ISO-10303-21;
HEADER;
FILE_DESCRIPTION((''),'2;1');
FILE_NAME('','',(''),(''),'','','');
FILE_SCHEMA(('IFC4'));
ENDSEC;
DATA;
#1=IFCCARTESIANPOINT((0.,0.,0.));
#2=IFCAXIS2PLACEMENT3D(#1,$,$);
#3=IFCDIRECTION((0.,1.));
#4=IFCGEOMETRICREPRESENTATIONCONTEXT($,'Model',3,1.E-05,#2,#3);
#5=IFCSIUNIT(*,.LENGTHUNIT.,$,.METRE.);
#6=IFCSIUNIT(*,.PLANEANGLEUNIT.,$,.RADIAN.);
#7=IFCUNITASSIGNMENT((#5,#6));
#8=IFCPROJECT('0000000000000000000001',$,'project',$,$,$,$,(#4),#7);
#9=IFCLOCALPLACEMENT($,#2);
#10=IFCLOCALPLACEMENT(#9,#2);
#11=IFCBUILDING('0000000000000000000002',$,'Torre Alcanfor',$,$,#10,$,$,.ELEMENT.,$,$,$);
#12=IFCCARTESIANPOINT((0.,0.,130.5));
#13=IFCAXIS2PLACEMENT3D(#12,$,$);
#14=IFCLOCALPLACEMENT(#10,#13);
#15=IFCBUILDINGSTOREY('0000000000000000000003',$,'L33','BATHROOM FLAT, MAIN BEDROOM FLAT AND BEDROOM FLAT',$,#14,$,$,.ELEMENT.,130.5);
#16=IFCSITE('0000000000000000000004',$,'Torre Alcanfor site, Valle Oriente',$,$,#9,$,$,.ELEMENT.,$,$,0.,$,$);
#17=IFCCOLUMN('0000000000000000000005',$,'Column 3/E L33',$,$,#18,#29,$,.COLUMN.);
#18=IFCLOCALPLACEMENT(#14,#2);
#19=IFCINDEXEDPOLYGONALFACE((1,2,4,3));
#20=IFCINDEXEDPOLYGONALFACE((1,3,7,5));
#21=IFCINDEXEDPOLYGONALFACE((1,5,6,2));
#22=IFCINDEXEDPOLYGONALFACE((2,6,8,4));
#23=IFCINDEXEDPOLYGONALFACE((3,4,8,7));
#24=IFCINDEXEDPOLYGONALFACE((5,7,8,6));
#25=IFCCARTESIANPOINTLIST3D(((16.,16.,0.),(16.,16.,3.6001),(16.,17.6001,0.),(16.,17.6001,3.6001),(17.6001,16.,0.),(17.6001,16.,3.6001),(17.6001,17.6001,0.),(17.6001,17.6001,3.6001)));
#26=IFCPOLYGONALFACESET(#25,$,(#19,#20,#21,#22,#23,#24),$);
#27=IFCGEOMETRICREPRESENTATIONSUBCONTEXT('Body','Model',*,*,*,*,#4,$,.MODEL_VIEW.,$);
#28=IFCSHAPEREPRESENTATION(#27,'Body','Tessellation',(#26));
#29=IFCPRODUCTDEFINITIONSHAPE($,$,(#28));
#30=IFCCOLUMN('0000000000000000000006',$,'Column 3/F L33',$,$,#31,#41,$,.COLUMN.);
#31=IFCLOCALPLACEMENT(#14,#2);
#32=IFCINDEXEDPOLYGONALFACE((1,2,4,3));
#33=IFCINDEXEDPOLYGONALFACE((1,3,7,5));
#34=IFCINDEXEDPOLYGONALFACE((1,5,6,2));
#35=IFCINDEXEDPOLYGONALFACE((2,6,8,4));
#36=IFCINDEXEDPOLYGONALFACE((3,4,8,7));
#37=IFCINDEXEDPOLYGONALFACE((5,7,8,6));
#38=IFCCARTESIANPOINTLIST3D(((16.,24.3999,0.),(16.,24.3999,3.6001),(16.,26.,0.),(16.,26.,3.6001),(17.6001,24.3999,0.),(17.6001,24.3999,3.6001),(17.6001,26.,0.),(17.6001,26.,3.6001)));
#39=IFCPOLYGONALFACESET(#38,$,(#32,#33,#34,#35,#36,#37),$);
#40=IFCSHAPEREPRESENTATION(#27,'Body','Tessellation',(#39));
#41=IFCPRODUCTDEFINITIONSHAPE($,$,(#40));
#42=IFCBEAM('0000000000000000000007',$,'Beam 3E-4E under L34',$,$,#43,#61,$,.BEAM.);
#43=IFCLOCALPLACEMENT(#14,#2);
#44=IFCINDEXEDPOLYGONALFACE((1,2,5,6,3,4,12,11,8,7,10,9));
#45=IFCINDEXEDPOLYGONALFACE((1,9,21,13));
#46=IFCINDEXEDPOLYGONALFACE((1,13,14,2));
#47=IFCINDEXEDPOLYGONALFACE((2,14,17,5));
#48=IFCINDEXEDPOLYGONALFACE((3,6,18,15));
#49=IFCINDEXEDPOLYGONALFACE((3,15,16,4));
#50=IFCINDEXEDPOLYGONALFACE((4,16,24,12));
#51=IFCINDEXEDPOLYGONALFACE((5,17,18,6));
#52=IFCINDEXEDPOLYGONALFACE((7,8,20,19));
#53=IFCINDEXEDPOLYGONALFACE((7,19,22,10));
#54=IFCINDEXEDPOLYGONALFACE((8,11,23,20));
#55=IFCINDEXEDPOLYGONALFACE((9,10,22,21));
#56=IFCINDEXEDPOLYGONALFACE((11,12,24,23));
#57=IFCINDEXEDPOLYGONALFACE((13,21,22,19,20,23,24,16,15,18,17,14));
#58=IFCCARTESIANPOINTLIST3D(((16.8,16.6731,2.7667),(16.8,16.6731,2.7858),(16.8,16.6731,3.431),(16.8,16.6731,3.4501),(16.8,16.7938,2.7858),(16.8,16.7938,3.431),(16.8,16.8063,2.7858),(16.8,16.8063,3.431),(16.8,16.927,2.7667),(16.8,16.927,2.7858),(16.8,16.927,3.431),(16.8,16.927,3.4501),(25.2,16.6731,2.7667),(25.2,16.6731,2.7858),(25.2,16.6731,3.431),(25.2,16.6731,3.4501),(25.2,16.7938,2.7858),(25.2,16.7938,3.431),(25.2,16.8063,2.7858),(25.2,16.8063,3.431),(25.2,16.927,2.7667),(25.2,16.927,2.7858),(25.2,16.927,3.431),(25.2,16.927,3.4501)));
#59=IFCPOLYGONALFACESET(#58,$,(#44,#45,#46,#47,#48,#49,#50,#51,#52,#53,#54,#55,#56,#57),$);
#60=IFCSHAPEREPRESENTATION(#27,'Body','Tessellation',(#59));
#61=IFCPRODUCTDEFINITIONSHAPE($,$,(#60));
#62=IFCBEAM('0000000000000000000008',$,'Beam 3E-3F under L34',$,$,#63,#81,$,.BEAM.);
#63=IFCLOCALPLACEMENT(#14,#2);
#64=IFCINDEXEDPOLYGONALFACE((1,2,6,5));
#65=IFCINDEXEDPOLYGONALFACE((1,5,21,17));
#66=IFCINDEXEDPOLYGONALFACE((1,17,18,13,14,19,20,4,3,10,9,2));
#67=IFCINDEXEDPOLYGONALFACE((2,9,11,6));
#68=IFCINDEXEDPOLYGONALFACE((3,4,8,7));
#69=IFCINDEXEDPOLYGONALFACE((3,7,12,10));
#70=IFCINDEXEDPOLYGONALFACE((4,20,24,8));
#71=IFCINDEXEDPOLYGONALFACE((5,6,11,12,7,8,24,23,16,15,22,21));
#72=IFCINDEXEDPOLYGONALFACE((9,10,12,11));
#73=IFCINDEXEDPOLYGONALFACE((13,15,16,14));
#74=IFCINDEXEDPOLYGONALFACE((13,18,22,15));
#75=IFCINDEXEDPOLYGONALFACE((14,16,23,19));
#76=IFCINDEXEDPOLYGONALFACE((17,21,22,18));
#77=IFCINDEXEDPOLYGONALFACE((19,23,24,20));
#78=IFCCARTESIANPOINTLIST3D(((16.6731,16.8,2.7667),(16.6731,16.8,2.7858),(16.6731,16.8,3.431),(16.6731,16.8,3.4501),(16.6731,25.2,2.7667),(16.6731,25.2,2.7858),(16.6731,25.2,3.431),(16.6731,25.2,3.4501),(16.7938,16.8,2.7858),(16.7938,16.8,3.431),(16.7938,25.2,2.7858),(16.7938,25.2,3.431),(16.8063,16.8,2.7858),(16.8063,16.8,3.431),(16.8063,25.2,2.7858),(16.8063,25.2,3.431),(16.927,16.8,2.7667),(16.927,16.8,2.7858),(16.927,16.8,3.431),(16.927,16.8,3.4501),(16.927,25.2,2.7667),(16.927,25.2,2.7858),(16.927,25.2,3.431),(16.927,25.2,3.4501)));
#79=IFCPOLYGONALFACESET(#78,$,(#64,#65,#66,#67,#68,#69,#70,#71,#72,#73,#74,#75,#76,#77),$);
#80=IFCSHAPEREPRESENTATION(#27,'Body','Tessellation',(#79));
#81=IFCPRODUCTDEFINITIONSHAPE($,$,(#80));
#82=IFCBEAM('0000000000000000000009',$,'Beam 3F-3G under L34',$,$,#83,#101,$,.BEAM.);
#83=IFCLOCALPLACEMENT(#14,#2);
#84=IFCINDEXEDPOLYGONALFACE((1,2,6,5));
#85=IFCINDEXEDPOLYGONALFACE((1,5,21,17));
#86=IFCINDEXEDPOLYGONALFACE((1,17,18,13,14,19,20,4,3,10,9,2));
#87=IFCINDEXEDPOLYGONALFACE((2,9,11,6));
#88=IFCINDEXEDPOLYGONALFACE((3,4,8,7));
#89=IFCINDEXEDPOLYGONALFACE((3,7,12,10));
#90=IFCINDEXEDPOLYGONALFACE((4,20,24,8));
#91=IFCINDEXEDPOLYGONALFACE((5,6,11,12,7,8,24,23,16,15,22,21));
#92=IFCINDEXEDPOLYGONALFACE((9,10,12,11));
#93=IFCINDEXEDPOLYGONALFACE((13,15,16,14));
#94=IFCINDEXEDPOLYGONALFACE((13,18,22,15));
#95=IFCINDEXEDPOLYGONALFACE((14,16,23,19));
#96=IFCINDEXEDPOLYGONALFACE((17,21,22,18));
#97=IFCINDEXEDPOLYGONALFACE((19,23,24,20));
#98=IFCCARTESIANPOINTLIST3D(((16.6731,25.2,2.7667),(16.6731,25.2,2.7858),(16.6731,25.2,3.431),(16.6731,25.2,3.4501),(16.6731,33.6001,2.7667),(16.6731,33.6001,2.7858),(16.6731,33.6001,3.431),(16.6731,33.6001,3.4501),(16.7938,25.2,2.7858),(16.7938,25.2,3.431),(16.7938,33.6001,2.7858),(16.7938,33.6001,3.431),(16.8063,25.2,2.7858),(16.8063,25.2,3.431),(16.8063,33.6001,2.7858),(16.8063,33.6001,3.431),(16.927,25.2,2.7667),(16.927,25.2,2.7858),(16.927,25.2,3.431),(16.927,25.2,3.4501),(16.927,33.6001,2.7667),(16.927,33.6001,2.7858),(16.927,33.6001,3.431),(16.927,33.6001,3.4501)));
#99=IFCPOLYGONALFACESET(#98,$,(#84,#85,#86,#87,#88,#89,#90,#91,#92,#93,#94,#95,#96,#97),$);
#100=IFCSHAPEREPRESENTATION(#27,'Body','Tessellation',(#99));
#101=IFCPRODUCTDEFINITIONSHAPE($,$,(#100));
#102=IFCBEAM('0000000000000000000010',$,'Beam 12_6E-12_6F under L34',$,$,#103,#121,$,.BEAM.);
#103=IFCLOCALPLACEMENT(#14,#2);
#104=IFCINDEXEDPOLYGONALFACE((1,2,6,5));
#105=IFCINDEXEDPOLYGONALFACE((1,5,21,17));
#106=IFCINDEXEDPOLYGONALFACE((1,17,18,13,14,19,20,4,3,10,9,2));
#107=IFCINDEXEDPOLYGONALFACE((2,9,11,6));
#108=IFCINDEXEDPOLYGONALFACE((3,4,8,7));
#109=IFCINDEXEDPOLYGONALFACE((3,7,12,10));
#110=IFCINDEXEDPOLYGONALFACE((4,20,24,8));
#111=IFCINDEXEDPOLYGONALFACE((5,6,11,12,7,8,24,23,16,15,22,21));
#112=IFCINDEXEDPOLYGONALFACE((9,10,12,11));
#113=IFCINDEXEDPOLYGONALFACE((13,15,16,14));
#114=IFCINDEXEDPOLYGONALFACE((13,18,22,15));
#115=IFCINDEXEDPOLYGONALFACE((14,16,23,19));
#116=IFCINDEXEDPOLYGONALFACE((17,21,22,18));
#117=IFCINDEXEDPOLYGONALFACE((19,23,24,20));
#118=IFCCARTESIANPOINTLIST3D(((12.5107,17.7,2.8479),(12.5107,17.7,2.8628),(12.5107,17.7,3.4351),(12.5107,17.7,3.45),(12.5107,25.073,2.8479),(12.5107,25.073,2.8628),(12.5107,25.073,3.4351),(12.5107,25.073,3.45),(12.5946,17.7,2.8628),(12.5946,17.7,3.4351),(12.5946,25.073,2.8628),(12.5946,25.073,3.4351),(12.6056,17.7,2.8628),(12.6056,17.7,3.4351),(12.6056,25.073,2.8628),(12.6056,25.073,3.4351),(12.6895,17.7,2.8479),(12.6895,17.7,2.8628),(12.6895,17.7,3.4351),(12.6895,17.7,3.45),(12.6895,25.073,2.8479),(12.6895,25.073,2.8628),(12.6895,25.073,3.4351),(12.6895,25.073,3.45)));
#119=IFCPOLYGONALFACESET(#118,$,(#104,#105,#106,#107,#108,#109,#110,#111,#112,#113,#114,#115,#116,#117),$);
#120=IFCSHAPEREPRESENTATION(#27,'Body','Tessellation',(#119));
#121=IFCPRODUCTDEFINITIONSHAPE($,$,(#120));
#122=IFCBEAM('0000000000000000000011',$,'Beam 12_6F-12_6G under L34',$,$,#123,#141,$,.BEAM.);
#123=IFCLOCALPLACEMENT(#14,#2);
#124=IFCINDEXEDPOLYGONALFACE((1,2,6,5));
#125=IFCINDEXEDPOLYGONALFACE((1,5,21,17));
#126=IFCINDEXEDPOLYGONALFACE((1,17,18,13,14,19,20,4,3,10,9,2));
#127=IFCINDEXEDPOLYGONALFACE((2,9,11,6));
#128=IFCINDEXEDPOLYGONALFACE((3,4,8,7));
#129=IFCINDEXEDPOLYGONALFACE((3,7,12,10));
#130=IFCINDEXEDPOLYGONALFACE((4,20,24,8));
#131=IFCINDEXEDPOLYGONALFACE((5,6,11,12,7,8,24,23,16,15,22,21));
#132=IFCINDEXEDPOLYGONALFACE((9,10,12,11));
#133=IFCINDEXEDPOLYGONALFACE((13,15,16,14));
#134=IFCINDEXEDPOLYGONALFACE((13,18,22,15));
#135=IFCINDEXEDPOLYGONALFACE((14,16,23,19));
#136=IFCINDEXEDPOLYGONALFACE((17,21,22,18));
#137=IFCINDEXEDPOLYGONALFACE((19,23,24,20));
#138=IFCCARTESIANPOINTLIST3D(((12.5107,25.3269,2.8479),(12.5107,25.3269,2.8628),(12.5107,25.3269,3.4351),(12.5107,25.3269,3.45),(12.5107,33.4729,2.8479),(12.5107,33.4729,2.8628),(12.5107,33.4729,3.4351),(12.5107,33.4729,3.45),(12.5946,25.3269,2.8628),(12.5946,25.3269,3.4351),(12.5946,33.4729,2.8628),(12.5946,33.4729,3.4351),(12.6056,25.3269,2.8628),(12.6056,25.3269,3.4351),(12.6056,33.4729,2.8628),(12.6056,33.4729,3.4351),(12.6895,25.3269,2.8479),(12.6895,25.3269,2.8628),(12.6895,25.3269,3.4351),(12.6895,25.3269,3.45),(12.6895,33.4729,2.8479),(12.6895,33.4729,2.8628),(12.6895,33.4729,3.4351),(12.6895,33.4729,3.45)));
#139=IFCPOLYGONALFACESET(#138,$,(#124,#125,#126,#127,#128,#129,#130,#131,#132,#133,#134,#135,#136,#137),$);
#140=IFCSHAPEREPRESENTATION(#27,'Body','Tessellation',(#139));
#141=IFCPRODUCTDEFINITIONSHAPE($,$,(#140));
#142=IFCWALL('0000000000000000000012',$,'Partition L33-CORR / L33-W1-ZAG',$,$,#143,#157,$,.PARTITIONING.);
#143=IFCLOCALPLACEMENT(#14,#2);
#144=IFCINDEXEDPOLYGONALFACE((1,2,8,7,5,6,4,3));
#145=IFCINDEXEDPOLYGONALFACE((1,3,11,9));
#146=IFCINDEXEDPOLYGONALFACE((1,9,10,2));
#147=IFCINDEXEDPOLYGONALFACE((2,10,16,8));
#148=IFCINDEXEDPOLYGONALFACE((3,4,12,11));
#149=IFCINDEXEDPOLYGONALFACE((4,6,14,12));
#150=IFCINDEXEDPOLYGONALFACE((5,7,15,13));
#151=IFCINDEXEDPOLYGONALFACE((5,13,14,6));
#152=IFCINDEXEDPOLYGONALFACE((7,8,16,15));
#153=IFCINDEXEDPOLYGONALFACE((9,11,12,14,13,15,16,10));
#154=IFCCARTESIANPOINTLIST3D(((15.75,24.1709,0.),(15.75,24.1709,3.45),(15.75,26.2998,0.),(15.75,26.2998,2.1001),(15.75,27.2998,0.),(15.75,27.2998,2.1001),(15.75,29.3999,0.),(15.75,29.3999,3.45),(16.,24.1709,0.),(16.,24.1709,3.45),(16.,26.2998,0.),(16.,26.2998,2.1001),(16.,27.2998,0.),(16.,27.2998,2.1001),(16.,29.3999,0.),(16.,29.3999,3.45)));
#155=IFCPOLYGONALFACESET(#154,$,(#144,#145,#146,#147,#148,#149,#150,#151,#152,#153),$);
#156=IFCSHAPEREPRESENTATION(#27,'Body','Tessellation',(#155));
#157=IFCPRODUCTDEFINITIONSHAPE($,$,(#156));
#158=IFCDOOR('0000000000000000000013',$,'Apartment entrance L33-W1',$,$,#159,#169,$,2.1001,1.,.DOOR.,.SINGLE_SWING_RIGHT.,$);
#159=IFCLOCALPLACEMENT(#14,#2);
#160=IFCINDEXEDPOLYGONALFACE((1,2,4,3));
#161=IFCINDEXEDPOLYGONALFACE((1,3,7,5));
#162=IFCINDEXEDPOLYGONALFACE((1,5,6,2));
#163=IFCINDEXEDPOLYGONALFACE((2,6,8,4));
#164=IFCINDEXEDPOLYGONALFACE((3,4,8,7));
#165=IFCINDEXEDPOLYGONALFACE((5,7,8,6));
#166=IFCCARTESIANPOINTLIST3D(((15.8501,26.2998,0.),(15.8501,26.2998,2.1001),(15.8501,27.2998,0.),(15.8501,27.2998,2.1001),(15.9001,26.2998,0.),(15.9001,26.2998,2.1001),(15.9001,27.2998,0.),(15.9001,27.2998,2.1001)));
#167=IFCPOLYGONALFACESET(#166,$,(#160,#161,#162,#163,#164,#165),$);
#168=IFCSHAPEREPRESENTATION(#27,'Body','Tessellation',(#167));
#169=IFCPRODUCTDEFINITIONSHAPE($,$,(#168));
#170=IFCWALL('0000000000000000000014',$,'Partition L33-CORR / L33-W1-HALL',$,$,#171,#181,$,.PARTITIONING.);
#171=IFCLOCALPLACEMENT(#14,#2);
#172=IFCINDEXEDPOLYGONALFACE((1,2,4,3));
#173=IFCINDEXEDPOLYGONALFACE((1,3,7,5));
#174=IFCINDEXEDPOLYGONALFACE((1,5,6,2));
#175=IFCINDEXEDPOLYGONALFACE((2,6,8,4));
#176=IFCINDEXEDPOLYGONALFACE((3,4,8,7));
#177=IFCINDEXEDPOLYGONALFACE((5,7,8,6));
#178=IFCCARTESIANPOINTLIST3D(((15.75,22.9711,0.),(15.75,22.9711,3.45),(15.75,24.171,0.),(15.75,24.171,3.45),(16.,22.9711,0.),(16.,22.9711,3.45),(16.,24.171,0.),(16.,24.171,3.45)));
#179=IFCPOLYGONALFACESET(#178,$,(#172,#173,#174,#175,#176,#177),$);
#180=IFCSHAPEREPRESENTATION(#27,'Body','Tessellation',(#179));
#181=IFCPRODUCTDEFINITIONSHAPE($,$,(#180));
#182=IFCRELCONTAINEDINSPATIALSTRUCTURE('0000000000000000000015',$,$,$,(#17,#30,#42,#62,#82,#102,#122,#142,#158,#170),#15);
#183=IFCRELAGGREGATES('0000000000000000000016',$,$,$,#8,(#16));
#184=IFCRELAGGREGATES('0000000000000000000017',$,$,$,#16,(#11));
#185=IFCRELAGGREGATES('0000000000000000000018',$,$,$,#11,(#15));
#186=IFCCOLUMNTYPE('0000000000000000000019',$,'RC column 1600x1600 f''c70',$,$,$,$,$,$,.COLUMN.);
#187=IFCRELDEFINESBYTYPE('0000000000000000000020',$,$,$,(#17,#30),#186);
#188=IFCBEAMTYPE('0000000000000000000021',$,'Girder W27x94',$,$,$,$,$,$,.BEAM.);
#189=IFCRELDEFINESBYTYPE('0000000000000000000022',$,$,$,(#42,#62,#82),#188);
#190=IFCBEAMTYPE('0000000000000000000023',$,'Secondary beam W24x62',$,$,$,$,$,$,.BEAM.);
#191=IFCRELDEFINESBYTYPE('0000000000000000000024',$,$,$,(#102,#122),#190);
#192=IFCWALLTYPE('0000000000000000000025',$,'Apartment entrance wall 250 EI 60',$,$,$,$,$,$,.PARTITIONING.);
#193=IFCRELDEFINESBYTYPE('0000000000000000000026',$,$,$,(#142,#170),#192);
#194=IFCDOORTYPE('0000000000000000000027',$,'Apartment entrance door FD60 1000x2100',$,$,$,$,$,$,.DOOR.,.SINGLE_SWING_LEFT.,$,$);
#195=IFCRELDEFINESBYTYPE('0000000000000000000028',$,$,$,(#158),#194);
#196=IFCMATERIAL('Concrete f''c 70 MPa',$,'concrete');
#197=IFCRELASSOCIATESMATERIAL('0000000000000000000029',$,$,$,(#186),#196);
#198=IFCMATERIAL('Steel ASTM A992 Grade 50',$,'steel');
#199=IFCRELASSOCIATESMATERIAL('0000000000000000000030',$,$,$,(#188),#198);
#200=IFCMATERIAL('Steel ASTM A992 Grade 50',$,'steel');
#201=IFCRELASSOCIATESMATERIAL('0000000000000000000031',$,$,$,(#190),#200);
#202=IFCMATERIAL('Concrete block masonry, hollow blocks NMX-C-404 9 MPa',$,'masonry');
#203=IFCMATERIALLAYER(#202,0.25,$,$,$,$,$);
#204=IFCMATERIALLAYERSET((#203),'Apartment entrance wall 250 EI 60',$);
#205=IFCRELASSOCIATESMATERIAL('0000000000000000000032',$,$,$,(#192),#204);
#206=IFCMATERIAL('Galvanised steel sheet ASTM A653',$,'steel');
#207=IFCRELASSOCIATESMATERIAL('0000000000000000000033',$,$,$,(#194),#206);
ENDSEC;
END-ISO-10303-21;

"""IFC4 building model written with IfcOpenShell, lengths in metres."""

from ifc_helpers import new_model, si_unit, direction, frame, frame_2d, origin, origin_2d, place, context, subcontext, project, spatial, rectangle, i_section, extrude, material, layer, layer_set, material_profile, profile_set, type_object, element, fill, save


model = new_model("IFC4")

# Units and contexts
model_context = context("Model", 3, precision=1e-05, world=origin(), true_north=direction((0.0, 1.0)))
body_context = subcontext(model_context, "Body", "Model", "MODEL_VIEW")
ifc_project = project(units=[si_unit("LENGTHUNIT", "METRE"), si_unit("PLANEANGLEUNIT", "RADIAN")], contexts=[model_context])

# Site, building, storey
site_placement = place(None, origin())
site = spatial("IfcSite", under=ifc_project, at=site_placement, Name="Torre Alcanfor site, Valle Oriente", CompositionType="ELEMENT", RefElevation=0.0)
building_placement = place(site_placement, origin())
building = spatial("IfcBuilding", under=site, at=building_placement, Name="Torre Alcanfor", CompositionType="ELEMENT")
storey_placement = place(building_placement, frame((0.0, 0.0, 130.5)))
storey = spatial("IfcBuildingStorey", under=building, at=storey_placement, Name="L33", Description="BATHROOM FLAT, MAIN BEDROOM FLAT AND BEDROOM FLAT", CompositionType="ELEMENT", Elevation=130.5)

# Columns
ifc_material_1 = material(Name="Concrete f'c 70 MPa", Category="concrete")
ifc_material_profile_1 = material_profile(ifc_material_1, rectangle(XDim=1.6001, YDim=1.6001, at=origin_2d()), Name="1600x1600")
ifc_profile_set_1 = profile_set([ifc_material_profile_1], Name="Concrete f'c 70 MPa")
column_type = type_object("IfcColumnType", Name="RC column 1600x1600 f'c70", PredefinedType="COLUMN", material=ifc_profile_set_1)
for number, where, z_axis, x_axis, name in (
    (1, (16.8, 16.8, 0.0), (0.0, 0.0, 1.0), (1.0, 0.0, 0.0), "Column 3/E L33"),
    (2, (16.8, 25.2, 0.0), (0.0, 0.0, 1.0), (1.0, 0.0, 0.0), "Column 3/F L33"),
):
    element("IfcColumn", number, at=place(storey_placement, frame(where, z_axis=z_axis, x_axis=x_axis)), inside=storey, type_object=column_type, Name=name, PredefinedType="COLUMN", context=body_context, shape_type="SweptSolid", body=[
        extrude(rectangle(XDim=1.6001, YDim=1.6001, at=origin_2d()), origin(), (0.0, 0.0, 1.0), 3.6001),
    ])

# Beams
ifc_material_2 = material(Name="Steel ASTM A992 Grade 50", Category="steel")
ifc_material_profile_2 = material_profile(ifc_material_2, i_section(OverallWidth=0.2539, OverallDepth=0.6833, WebThickness=0.0125, FlangeThickness=0.019, at=origin_2d()), Name="W27x94")
ifc_profile_set_2 = profile_set([ifc_material_profile_2], Name="Steel ASTM A992 Grade 50")
beam_type_1 = type_object("IfcBeamType", Name="Girder W27x94", PredefinedType="BEAM", material=ifc_profile_set_2)
for number, where, z_axis, x_axis, name in (
    (3, (16.8, 16.8, 3.1084), (1.0, 0.0, 0.0), (0.0, 1.0, 0.0), "Beam 3E-4E under L34"),
    (4, (16.8, 16.8, 3.1084), (0.0, 1.0, 0.0), (-1.0, 0.0, 0.0), "Beam 3E-3F under L34"),
):
    element("IfcBeam", number, at=place(storey_placement, frame(where, z_axis=z_axis, x_axis=x_axis)), inside=storey, type_object=beam_type_1, Name=name, PredefinedType="BEAM", context=body_context, shape_type="SweptSolid", body=[
        extrude(i_section(OverallWidth=0.2539, OverallDepth=0.6833, WebThickness=0.0125, FlangeThickness=0.019, at=origin_2d()), origin(), (0.0, 0.0, 1.0), 8.3999),
    ])
beam_1_placement = place(storey_placement, frame((16.8, 25.2, 3.1084), z_axis=(0.0, 1.0, 0.0), x_axis=(-1.0, 0.0, 0.0)))
element("IfcBeam", 5, at=beam_1_placement, inside=storey, type_object=beam_type_1, Name="Beam 3F-3G under L34", PredefinedType="BEAM", context=body_context, shape_type="SweptSolid", body=[
    extrude(i_section(OverallWidth=0.2539, OverallDepth=0.6833, WebThickness=0.0125, FlangeThickness=0.019, at=origin_2d()), origin(), (0.0, 0.0, 1.0), 8.4001),
])
ifc_material_3 = material(Name="Steel ASTM A992 Grade 50", Category="steel")
ifc_material_profile_3 = material_profile(ifc_material_3, i_section(OverallWidth=0.1787, OverallDepth=0.6021, WebThickness=0.011, FlangeThickness=0.0149, at=origin_2d()), Name="W24x62")
ifc_profile_set_3 = profile_set([ifc_material_profile_3], Name="Steel ASTM A992 Grade 50")
beam_type_2 = type_object("IfcBeamType", Name="Secondary beam W24x62", PredefinedType="BEAM", material=ifc_profile_set_3)
beam_2_placement = place(storey_placement, frame((12.6001, 17.7, 3.1489), z_axis=(0.0, 1.0, 0.0), x_axis=(-1.0, 0.0, 0.0)))
element("IfcBeam", 6, at=beam_2_placement, inside=storey, type_object=beam_type_2, Name="Beam 12_6E-12_6F under L34", PredefinedType="BEAM", context=body_context, shape_type="SweptSolid", body=[
    extrude(i_section(OverallWidth=0.1787, OverallDepth=0.6021, WebThickness=0.011, FlangeThickness=0.0149, at=origin_2d()), origin(), (0.0, 0.0, 1.0), 7.373),
])
beam_3_placement = place(storey_placement, frame((12.6001, 25.3269, 3.1489), z_axis=(0.0, 1.0, 0.0), x_axis=(-1.0, 0.0, 0.0)))
element("IfcBeam", 7, at=beam_3_placement, inside=storey, type_object=beam_type_2, Name="Beam 12_6F-12_6G under L34", PredefinedType="BEAM", context=body_context, shape_type="SweptSolid", body=[
    extrude(i_section(OverallWidth=0.1787, OverallDepth=0.6021, WebThickness=0.011, FlangeThickness=0.0149, at=origin_2d()), origin(), (0.0, 0.0, 1.0), 8.146),
])

# Wall, opening, door
ifc_material_4 = material(Name="Concrete block masonry, hollow blocks NMX-C-404 9 MPa", Category="masonry")
ifc_layer_1 = layer(ifc_material_4, 0.25)
ifc_layer_set_1 = layer_set([ifc_layer_1], Name="Apartment entrance wall 250 EI 60")
wall_type_1 = type_object("IfcWallType", Name="Apartment entrance wall 250 EI 60", PredefinedType="PARTITIONING", material=ifc_layer_set_1)
wall_1_placement = place(storey_placement, frame((15.875, 24.1709, 0.0), z_axis=(0.0, 0.0, 1.0), x_axis=(0.0, 1.0, 0.0)))
wall_1 = element("IfcWall", 8, at=wall_1_placement, inside=storey, type_object=wall_type_1, Name="Partition L33-CORR / L33-W1-ZAG", PredefinedType="PARTITIONING", context=body_context, shape_type="SweptSolid", body=[
    extrude(rectangle(XDim=5.229, YDim=0.25, at=frame_2d((2.6145, 0.0))), origin(), (0.0, 0.0, 1.0), 3.45),
])
opening_1_placement = place(wall_1_placement, frame((2.1289, 0.0, 0.0)))
opening_1 = element("IfcOpeningElement", 9, at=opening_1_placement, cuts=wall_1, PredefinedType="OPENING", context=body_context, shape_type="SweptSolid", body=[
    extrude(rectangle(XDim=1.0, YDim=2.1001, at=frame_2d((0.5, 1.05))), frame((0.0, 0.135, 0.0), z_axis=(0.0, -1.0, 0.0), x_axis=(1.0, 0.0, 0.0)), (0.0, 0.0, 1.0), 0.27),
])
ifc_material_5 = material(Name="Galvanised steel sheet ASTM A653", Category="steel")
door_type_1 = type_object("IfcDoorType", Name="Apartment entrance door FD60 1000x2100", OperationType="SINGLE_SWING_LEFT", PredefinedType="DOOR", material=ifc_material_5)
door_1_placement = place(opening_1_placement, origin())
door_1 = element("IfcDoor", 10, at=door_1_placement, inside=storey, type_object=door_type_1, Name="Apartment entrance L33-W1", OperationType="SINGLE_SWING_RIGHT", OverallHeight=2.1001, OverallWidth=1.0, PredefinedType="DOOR", context=body_context, shape_type="SweptSolid", body=[
    extrude(rectangle(XDim=1.0, YDim=2.1001, at=frame_2d((0.5, 1.05))), frame((0.0, 0.0249, 0.0), z_axis=(0.0, -1.0, 0.0), x_axis=(1.0, 0.0, 0.0)), (0.0, 0.0, 1.0), 0.05),
])
fill(opening_1, door_1)

# Wall
wall_2_placement = place(storey_placement, frame((15.875, 22.9709, 0.0), z_axis=(0.0, 0.0, 1.0), x_axis=(0.0, 1.0, 0.0)))
element("IfcWall", 11, at=wall_2_placement, inside=storey, type_object=wall_type_1, Name="Partition L33-CORR / L33-W1-HALL", PredefinedType="PARTITIONING", context=body_context, shape_type="SweptSolid", body=[
    extrude(rectangle(XDim=1.2, YDim=0.25, at=frame_2d((0.6001, 0.0))), origin(), (0.0, 0.0, 1.0), 3.45),
])

save(model, "model.ifc")
